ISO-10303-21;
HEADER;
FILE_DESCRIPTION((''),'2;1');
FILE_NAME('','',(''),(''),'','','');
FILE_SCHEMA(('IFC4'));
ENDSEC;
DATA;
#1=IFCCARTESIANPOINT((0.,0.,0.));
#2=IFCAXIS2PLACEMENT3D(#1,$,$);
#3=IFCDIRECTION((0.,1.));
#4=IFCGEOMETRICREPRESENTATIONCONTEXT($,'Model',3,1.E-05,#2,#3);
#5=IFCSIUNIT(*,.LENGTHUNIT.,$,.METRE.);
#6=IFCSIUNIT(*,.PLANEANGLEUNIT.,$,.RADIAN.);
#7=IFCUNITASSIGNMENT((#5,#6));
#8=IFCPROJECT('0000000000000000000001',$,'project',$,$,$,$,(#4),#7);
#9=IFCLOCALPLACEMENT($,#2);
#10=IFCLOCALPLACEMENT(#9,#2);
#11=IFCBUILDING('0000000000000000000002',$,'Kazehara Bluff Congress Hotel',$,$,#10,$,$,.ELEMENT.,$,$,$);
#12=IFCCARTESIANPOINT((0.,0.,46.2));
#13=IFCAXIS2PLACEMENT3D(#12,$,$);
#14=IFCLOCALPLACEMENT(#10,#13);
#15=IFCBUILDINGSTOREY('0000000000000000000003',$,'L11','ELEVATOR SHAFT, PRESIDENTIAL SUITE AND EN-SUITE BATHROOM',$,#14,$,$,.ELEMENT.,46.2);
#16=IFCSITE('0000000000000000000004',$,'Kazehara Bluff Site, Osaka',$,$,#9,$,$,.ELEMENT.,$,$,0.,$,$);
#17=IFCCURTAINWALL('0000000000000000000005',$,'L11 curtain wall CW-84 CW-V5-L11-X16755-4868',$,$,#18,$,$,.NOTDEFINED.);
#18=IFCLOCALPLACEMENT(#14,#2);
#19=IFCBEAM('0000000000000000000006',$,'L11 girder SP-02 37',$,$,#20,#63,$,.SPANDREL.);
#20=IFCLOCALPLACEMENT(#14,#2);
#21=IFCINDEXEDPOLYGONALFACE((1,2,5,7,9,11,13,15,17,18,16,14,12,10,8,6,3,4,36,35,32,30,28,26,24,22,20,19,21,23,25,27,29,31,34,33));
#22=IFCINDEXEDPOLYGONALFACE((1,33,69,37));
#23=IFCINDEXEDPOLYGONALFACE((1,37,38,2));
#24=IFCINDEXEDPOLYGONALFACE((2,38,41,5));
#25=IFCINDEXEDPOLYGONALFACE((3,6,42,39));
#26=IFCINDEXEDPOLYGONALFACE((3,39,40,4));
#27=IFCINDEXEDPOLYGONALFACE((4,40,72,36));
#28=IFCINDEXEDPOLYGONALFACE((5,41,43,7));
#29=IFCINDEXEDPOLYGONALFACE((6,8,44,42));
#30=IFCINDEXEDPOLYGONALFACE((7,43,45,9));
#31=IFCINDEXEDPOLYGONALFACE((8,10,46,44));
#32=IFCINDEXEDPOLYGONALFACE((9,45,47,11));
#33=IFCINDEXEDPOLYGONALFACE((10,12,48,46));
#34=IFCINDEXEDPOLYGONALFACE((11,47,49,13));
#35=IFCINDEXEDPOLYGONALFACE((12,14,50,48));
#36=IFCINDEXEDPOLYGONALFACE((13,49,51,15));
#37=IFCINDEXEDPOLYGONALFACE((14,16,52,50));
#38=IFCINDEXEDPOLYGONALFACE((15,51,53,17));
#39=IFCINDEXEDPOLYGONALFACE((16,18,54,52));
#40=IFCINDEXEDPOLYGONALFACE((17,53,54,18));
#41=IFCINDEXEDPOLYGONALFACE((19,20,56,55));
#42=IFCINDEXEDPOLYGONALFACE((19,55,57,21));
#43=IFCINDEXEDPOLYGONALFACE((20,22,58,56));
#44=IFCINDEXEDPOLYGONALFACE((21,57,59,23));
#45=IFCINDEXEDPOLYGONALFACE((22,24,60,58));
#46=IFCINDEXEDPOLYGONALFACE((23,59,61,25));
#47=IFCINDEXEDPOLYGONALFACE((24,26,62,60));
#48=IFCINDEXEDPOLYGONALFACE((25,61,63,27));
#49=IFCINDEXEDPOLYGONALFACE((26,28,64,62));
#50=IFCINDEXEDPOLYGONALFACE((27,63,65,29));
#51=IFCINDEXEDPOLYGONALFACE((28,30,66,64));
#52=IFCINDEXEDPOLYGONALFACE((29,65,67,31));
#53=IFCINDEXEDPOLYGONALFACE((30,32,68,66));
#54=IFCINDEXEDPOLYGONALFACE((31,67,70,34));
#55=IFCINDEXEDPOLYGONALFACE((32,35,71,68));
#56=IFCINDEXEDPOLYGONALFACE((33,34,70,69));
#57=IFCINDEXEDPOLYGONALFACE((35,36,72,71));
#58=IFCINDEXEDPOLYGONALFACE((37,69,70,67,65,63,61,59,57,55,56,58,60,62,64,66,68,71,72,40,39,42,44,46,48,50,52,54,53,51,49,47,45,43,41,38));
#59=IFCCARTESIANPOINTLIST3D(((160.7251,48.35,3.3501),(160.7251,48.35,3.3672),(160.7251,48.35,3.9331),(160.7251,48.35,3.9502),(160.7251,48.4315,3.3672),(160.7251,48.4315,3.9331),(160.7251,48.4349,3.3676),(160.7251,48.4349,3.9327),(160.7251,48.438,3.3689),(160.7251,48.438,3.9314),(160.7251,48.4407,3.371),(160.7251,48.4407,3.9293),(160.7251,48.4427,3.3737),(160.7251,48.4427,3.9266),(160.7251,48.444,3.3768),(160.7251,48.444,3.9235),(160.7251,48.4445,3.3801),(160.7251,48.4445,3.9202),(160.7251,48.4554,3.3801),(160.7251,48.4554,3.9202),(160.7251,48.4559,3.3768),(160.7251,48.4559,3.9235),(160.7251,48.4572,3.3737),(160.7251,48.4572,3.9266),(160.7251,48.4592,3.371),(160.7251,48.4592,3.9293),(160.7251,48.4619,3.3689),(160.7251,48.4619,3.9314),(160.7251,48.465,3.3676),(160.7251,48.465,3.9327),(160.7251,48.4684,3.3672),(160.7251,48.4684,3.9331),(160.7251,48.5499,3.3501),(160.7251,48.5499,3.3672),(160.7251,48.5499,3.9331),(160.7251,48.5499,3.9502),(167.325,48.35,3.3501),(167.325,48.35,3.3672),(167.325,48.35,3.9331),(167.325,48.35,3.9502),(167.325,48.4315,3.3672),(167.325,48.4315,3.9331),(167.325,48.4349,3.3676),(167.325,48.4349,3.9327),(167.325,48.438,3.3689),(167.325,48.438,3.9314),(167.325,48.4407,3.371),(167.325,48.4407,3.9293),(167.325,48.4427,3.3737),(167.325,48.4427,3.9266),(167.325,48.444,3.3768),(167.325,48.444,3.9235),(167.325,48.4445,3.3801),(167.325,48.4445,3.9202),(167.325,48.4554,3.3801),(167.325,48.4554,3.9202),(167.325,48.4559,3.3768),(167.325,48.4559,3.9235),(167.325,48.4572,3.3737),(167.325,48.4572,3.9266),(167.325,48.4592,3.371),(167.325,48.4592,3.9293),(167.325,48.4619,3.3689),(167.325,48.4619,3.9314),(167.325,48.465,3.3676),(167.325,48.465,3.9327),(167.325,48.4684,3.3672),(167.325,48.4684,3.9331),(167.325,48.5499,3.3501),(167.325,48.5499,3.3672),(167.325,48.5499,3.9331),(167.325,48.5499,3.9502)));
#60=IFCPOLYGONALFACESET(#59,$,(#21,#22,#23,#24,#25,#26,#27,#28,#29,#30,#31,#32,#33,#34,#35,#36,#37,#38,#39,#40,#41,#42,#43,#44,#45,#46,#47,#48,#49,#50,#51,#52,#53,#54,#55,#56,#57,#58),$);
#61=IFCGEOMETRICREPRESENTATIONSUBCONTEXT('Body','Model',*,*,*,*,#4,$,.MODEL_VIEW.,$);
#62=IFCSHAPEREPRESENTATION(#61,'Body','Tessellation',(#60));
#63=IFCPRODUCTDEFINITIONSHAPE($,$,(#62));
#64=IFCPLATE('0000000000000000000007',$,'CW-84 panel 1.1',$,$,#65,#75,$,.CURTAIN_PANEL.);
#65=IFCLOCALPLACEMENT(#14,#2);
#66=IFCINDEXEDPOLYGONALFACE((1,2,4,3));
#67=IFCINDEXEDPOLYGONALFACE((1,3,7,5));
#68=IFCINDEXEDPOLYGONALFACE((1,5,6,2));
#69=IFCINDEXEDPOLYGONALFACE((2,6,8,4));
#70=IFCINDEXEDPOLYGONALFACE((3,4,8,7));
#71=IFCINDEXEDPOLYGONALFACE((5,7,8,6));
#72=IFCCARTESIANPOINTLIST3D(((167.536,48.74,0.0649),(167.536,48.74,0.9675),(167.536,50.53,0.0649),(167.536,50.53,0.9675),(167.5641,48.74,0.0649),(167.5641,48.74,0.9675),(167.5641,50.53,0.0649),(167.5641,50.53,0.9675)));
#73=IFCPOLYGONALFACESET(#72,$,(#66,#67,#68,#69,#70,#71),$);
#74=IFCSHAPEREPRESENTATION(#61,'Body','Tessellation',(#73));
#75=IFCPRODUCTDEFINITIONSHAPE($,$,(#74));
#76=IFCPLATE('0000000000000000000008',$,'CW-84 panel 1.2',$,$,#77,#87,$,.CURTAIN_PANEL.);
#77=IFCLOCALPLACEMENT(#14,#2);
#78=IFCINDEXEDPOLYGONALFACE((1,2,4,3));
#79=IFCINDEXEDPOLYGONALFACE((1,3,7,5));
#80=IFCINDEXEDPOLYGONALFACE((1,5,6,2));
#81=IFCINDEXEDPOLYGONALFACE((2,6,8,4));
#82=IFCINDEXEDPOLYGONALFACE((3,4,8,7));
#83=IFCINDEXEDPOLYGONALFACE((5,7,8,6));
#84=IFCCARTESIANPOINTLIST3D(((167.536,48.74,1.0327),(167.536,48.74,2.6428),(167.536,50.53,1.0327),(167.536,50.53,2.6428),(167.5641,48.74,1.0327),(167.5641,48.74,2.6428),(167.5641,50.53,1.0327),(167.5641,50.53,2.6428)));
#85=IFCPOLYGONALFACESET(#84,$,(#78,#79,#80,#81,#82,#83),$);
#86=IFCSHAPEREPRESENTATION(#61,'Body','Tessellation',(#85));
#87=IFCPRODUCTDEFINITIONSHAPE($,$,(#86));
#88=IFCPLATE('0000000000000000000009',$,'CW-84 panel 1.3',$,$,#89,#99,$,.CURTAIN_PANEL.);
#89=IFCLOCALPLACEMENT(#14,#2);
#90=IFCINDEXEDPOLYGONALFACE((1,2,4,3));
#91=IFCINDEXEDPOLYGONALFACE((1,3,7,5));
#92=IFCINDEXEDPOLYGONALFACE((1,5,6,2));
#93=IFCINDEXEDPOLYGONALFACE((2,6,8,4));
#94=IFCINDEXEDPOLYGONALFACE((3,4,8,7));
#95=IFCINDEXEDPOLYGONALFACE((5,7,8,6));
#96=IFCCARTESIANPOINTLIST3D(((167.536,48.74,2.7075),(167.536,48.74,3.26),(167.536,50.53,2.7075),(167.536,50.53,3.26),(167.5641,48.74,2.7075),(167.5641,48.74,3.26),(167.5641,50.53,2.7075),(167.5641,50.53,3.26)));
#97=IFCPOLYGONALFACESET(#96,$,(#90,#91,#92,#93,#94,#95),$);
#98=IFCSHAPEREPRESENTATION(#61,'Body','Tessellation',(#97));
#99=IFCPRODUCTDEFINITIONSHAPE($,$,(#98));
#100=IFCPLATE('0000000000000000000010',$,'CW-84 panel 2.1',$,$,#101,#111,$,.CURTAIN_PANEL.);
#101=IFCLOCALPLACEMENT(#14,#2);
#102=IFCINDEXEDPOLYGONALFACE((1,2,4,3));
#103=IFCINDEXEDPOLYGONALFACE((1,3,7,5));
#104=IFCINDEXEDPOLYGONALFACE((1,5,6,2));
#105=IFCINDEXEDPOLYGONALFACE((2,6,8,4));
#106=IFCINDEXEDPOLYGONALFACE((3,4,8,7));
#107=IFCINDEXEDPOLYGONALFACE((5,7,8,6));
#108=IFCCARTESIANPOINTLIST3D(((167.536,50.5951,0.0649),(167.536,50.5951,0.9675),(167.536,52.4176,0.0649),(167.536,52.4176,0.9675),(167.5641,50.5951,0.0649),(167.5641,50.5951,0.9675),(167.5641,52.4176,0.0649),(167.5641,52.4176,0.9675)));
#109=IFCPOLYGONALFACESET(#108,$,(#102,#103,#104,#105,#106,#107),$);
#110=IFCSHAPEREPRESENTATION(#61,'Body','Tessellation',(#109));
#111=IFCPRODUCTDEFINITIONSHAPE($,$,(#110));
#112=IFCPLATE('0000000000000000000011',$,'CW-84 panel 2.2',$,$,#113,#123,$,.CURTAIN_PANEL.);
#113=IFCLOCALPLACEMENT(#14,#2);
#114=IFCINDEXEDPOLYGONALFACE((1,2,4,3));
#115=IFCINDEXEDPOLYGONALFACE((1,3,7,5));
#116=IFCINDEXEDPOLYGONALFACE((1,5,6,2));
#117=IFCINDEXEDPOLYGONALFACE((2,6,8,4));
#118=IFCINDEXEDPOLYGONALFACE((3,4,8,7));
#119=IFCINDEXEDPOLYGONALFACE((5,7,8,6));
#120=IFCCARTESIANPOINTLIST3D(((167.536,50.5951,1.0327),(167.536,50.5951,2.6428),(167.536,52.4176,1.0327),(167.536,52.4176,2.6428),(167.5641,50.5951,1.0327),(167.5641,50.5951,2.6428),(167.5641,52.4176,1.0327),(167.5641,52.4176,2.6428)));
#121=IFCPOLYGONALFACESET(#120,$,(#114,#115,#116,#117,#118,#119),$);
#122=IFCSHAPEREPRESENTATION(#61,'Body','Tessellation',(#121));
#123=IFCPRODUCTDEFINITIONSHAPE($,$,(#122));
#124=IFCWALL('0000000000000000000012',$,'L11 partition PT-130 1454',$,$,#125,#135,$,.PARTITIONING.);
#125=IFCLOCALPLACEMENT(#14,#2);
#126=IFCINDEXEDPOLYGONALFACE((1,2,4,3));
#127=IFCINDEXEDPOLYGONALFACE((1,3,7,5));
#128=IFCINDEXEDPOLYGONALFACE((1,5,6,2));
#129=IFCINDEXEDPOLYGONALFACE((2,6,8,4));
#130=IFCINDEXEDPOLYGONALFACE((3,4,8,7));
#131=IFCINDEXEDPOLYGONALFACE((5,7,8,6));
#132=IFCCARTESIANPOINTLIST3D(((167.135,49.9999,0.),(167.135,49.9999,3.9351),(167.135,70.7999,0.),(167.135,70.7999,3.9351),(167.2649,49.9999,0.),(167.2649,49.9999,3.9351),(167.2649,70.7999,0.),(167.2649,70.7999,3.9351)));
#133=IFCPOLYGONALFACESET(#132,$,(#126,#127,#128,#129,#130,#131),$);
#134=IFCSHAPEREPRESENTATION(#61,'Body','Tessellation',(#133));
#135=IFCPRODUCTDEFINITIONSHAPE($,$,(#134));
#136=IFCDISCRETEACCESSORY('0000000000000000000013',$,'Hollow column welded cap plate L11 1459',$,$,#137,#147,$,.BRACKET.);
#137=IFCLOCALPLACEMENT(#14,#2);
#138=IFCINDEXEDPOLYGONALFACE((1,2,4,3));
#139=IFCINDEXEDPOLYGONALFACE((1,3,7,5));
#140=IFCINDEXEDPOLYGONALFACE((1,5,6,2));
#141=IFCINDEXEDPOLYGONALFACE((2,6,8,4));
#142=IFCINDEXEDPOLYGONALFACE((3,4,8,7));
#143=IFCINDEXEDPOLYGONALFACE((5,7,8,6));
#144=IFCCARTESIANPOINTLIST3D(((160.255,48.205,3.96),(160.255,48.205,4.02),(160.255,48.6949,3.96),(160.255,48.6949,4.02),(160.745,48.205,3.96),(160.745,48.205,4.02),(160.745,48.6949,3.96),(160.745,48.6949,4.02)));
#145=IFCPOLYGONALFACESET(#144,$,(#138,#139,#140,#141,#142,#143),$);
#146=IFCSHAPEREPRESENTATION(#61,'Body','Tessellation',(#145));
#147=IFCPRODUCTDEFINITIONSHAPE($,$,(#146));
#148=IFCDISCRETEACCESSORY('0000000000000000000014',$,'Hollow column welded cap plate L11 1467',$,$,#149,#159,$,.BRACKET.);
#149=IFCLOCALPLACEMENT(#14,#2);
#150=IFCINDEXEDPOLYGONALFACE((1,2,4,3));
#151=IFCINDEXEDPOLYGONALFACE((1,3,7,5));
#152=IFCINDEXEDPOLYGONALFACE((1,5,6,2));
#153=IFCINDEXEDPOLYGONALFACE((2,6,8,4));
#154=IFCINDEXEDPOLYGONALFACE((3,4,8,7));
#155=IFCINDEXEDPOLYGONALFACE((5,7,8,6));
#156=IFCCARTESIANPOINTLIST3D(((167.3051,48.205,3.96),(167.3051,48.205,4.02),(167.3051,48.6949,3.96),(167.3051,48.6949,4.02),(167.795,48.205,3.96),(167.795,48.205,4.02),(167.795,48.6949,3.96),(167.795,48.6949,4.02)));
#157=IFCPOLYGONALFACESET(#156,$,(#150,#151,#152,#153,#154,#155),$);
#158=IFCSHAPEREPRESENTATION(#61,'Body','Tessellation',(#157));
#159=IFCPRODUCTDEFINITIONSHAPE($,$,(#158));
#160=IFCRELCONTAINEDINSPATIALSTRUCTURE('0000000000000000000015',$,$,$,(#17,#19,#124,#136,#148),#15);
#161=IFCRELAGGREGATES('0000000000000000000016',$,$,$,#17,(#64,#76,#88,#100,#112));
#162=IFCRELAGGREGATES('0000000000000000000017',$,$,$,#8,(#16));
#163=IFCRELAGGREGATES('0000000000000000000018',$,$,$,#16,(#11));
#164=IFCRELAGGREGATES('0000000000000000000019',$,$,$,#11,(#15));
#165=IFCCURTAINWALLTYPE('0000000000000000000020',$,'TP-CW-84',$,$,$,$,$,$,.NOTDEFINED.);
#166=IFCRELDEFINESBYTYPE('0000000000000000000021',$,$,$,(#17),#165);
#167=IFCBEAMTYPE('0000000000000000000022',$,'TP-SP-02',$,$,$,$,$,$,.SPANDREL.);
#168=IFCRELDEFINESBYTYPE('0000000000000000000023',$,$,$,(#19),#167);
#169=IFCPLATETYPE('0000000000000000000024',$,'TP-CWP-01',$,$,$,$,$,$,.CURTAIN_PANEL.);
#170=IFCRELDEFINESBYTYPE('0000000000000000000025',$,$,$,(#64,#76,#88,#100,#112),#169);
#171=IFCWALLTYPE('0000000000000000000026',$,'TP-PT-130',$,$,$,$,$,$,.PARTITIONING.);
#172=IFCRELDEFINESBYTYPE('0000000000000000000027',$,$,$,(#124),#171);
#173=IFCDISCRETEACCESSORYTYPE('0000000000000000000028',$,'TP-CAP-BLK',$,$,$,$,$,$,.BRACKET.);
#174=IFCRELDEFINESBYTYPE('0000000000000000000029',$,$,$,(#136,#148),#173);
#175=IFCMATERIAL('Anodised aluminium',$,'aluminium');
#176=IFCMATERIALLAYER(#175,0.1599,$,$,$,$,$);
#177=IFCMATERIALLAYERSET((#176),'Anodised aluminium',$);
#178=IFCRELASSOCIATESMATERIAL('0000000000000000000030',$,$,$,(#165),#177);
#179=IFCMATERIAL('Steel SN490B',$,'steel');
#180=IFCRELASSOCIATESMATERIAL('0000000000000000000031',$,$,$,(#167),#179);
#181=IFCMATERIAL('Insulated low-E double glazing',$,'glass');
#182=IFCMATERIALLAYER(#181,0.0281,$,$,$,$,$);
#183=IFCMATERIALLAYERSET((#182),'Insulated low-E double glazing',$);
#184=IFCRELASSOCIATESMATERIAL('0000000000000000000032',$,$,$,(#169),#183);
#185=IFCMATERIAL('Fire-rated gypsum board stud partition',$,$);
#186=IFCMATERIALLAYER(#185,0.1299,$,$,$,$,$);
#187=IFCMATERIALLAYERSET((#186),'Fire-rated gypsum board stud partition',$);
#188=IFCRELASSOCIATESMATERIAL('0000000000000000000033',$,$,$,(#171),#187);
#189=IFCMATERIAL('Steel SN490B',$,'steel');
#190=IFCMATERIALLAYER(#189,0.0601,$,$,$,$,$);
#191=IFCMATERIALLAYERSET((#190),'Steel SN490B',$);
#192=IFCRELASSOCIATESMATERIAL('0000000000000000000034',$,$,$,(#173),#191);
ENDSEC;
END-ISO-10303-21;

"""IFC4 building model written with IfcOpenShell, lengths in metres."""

from ifc_helpers import new_model, si_unit, direction, frame, frame_2d, origin, origin_2d, place, context, subcontext, project, spatial, rectangle, i_section, extrude, material, layer, layer_set, material_profile, profile_set, type_object, element, aggregate, save


model = new_model("IFC4")

# Units and contexts
model_context = context("Model", 3, precision=1e-05, world=origin(), true_north=direction((0.0, 1.0)))
body_context = subcontext(model_context, "Body", "Model", "MODEL_VIEW")
ifc_project = project(units=[si_unit("LENGTHUNIT", "METRE"), si_unit("PLANEANGLEUNIT", "RADIAN")], contexts=[model_context])

# Site, building, storey
site_placement = place(None, origin())
site = spatial("IfcSite", under=ifc_project, at=site_placement, Name="Kazehara Bluff Site, Osaka", CompositionType="ELEMENT", RefElevation=0.0)
building_placement = place(site_placement, origin())
building = spatial("IfcBuilding", under=site, at=building_placement, Name="Kazehara Bluff Congress Hotel", CompositionType="ELEMENT")
storey_placement = place(building_placement, frame((0.0, 0.0, 46.2)))
storey = spatial("IfcBuildingStorey", under=building, at=storey_placement, Name="L11", Description="ELEVATOR SHAFT, PRESIDENTIAL SUITE AND EN-SUITE BATHROOM", CompositionType="ELEMENT", Elevation=46.2)

# Curtain wall
ifc_material_1 = material(Name="Anodised aluminium", Category="aluminium")
ifc_layer_1 = layer(ifc_material_1, 0.1599)
ifc_layer_set_1 = layer_set([ifc_layer_1], Name="Anodised aluminium")
curtain_wall_type = type_object("IfcCurtainWallType", Name="TP-CW-84", PredefinedType="NOTDEFINED", material=ifc_layer_set_1)
curtain_wall_placement = place(storey_placement, origin())
curtain_wall = element("IfcCurtainWall", 1, at=curtain_wall_placement, inside=storey, type_object=curtain_wall_type, Name="L11 curtain wall CW-84 CW-V5-L11-X16755-4868", PredefinedType="NOTDEFINED")

# Beam
ifc_material_2 = material(Name="Steel SN490B", Category="steel")
ifc_material_profile_1 = material_profile(ifc_material_2, i_section(OverallWidth=0.2, OverallDepth=0.6001, WebThickness=0.011, FlangeThickness=0.0171, FilletRadius=0.0129, at=origin_2d()))
ifc_profile_set_1 = profile_set([ifc_material_profile_1], Name="Steel SN490B")
beam_type_1 = type_object("IfcBeamType", Name="TP-SP-02", PredefinedType="SPANDREL", material=ifc_profile_set_1)
beam_placement = place(storey_placement, frame((160.7251, 48.45, 3.6501), z_axis=(1.0, 0.0, 0.0), x_axis=(0.0, 1.0, 0.0)))
element("IfcBeam", 2, at=beam_placement, inside=storey, type_object=beam_type_1, Name="L11 girder SP-02 37", PredefinedType="SPANDREL", context=body_context, shape_type="SweptSolid", body=[
    extrude(i_section(OverallWidth=0.2, OverallDepth=0.6001, WebThickness=0.011, FlangeThickness=0.0171, FilletRadius=0.0129, at=origin_2d()), origin(), (0.0, 0.0, 1.0), 6.5999),
])

# Plates
ifc_material_3 = material(Name="Insulated low-E double glazing", Category="glass")
ifc_layer_2 = layer(ifc_material_3, 0.0281)
ifc_layer_set_2 = layer_set([ifc_layer_2], Name="Insulated low-E double glazing")
plate_type = type_object("IfcPlateType", Name="TP-CWP-01", PredefinedType="CURTAIN_PANEL", material=ifc_layer_set_2)
plate_1_placement = place(storey_placement, frame((167.55, 49.635, 0.0649), z_axis=(0.0, 0.0, 1.0), x_axis=(0.0, 1.0, 0.0)))
plate_1 = element("IfcPlate", 3, at=plate_1_placement, type_object=plate_type, Name="CW-84 panel 1.1", PredefinedType="CURTAIN_PANEL", context=body_context, shape_type="SweptSolid", body=[
    extrude(rectangle(XDim=1.79, YDim=0.0281, at=origin_2d()), origin(), (0.0, 0.0, 1.0), 0.9026),
])
plate_2_placement = place(storey_placement, frame((167.55, 49.635, 1.0327), z_axis=(0.0, 0.0, 1.0), x_axis=(0.0, 1.0, 0.0)))
plate_2 = element("IfcPlate", 4, at=plate_2_placement, type_object=plate_type, Name="CW-84 panel 1.2", PredefinedType="CURTAIN_PANEL", context=body_context, shape_type="SweptSolid", body=[
    extrude(rectangle(XDim=1.79, YDim=0.0281, at=origin_2d()), origin(), (0.0, 0.0, 1.0), 1.6101),
])
plate_3_placement = place(storey_placement, frame((167.55, 49.635, 2.7075), z_axis=(0.0, 0.0, 1.0), x_axis=(0.0, 1.0, 0.0)))
plate_3 = element("IfcPlate", 5, at=plate_3_placement, type_object=plate_type, Name="CW-84 panel 1.3", PredefinedType="CURTAIN_PANEL", context=body_context, shape_type="SweptSolid", body=[
    extrude(rectangle(XDim=1.79, YDim=0.0281, at=origin_2d()), origin(), (0.0, 0.0, 1.0), 0.5525),
])
plate_4_placement = place(storey_placement, frame((167.55, 51.5063, 0.0649), z_axis=(0.0, 0.0, 1.0), x_axis=(0.0, 1.0, 0.0)))
plate_4 = element("IfcPlate", 6, at=plate_4_placement, type_object=plate_type, Name="CW-84 panel 2.1", PredefinedType="CURTAIN_PANEL", context=body_context, shape_type="SweptSolid", body=[
    extrude(rectangle(XDim=1.8225, YDim=0.0281, at=origin_2d()), origin(), (0.0, 0.0, 1.0), 0.9026),
])
plate_5_placement = place(storey_placement, frame((167.55, 51.5063, 1.0327), z_axis=(0.0, 0.0, 1.0), x_axis=(0.0, 1.0, 0.0)))
plate_5 = element("IfcPlate", 7, at=plate_5_placement, type_object=plate_type, Name="CW-84 panel 2.2", PredefinedType="CURTAIN_PANEL", context=body_context, shape_type="SweptSolid", body=[
    extrude(rectangle(XDim=1.8225, YDim=0.0281, at=origin_2d()), origin(), (0.0, 0.0, 1.0), 1.6101),
])
aggregate(curtain_wall, [plate_1, plate_2, plate_3, plate_4, plate_5])

# Wall
ifc_material_4 = material(Name="Fire-rated gypsum board stud partition")
ifc_layer_3 = layer(ifc_material_4, 0.1299)
ifc_layer_set_3 = layer_set([ifc_layer_3], Name="Fire-rated gypsum board stud partition")
wall_type = type_object("IfcWallType", Name="TP-PT-130", PredefinedType="PARTITIONING", material=ifc_layer_set_3)
wall_placement = place(storey_placement, frame((167.2, 50.0, 0.0), z_axis=(0.0, 0.0, 1.0), x_axis=(0.0, 1.0, 0.0)))
element("IfcWall", 8, at=wall_placement, inside=storey, type_object=wall_type, Name="L11 partition PT-130 1454", PredefinedType="PARTITIONING", context=body_context, shape_type="SweptSolid", body=[
    extrude(rectangle(XDim=20.8, YDim=0.1299, at=frame_2d((10.3999, 0.0))), origin(), (0.0, 0.0, 1.0), 3.9351),
])

# Discrete accessories
ifc_material_5 = material(Name="Steel SN490B", Category="steel")
ifc_layer_4 = layer(ifc_material_5, 0.0601)
ifc_layer_set_4 = layer_set([ifc_layer_4], Name="Steel SN490B")
discrete_accessory_type = type_object("IfcDiscreteAccessoryType", Name="TP-CAP-BLK", PredefinedType="BRACKET", material=ifc_layer_set_4)
for number, where, z_axis, x_axis, name in (
    (9, (160.5, 48.45, 3.96), (0.0, 0.0, 1.0), (1.0, 0.0, 0.0), "Hollow column welded cap plate L11 1459"),
    (10, (167.55, 48.45, 3.96), (0.0, 0.0, 1.0), (1.0, 0.0, 0.0), "Hollow column welded cap plate L11 1467"),
):
    element("IfcDiscreteAccessory", number, at=place(storey_placement, frame(where, z_axis=z_axis, x_axis=x_axis)), inside=storey, type_object=discrete_accessory_type, Name=name, PredefinedType="BRACKET", context=body_context, shape_type="SweptSolid", body=[
        extrude(rectangle(XDim=0.49, YDim=0.49, at=origin_2d()), origin(), (0.0, 0.0, 1.0), 0.0601),
    ])

save(model, "model.ifc")
